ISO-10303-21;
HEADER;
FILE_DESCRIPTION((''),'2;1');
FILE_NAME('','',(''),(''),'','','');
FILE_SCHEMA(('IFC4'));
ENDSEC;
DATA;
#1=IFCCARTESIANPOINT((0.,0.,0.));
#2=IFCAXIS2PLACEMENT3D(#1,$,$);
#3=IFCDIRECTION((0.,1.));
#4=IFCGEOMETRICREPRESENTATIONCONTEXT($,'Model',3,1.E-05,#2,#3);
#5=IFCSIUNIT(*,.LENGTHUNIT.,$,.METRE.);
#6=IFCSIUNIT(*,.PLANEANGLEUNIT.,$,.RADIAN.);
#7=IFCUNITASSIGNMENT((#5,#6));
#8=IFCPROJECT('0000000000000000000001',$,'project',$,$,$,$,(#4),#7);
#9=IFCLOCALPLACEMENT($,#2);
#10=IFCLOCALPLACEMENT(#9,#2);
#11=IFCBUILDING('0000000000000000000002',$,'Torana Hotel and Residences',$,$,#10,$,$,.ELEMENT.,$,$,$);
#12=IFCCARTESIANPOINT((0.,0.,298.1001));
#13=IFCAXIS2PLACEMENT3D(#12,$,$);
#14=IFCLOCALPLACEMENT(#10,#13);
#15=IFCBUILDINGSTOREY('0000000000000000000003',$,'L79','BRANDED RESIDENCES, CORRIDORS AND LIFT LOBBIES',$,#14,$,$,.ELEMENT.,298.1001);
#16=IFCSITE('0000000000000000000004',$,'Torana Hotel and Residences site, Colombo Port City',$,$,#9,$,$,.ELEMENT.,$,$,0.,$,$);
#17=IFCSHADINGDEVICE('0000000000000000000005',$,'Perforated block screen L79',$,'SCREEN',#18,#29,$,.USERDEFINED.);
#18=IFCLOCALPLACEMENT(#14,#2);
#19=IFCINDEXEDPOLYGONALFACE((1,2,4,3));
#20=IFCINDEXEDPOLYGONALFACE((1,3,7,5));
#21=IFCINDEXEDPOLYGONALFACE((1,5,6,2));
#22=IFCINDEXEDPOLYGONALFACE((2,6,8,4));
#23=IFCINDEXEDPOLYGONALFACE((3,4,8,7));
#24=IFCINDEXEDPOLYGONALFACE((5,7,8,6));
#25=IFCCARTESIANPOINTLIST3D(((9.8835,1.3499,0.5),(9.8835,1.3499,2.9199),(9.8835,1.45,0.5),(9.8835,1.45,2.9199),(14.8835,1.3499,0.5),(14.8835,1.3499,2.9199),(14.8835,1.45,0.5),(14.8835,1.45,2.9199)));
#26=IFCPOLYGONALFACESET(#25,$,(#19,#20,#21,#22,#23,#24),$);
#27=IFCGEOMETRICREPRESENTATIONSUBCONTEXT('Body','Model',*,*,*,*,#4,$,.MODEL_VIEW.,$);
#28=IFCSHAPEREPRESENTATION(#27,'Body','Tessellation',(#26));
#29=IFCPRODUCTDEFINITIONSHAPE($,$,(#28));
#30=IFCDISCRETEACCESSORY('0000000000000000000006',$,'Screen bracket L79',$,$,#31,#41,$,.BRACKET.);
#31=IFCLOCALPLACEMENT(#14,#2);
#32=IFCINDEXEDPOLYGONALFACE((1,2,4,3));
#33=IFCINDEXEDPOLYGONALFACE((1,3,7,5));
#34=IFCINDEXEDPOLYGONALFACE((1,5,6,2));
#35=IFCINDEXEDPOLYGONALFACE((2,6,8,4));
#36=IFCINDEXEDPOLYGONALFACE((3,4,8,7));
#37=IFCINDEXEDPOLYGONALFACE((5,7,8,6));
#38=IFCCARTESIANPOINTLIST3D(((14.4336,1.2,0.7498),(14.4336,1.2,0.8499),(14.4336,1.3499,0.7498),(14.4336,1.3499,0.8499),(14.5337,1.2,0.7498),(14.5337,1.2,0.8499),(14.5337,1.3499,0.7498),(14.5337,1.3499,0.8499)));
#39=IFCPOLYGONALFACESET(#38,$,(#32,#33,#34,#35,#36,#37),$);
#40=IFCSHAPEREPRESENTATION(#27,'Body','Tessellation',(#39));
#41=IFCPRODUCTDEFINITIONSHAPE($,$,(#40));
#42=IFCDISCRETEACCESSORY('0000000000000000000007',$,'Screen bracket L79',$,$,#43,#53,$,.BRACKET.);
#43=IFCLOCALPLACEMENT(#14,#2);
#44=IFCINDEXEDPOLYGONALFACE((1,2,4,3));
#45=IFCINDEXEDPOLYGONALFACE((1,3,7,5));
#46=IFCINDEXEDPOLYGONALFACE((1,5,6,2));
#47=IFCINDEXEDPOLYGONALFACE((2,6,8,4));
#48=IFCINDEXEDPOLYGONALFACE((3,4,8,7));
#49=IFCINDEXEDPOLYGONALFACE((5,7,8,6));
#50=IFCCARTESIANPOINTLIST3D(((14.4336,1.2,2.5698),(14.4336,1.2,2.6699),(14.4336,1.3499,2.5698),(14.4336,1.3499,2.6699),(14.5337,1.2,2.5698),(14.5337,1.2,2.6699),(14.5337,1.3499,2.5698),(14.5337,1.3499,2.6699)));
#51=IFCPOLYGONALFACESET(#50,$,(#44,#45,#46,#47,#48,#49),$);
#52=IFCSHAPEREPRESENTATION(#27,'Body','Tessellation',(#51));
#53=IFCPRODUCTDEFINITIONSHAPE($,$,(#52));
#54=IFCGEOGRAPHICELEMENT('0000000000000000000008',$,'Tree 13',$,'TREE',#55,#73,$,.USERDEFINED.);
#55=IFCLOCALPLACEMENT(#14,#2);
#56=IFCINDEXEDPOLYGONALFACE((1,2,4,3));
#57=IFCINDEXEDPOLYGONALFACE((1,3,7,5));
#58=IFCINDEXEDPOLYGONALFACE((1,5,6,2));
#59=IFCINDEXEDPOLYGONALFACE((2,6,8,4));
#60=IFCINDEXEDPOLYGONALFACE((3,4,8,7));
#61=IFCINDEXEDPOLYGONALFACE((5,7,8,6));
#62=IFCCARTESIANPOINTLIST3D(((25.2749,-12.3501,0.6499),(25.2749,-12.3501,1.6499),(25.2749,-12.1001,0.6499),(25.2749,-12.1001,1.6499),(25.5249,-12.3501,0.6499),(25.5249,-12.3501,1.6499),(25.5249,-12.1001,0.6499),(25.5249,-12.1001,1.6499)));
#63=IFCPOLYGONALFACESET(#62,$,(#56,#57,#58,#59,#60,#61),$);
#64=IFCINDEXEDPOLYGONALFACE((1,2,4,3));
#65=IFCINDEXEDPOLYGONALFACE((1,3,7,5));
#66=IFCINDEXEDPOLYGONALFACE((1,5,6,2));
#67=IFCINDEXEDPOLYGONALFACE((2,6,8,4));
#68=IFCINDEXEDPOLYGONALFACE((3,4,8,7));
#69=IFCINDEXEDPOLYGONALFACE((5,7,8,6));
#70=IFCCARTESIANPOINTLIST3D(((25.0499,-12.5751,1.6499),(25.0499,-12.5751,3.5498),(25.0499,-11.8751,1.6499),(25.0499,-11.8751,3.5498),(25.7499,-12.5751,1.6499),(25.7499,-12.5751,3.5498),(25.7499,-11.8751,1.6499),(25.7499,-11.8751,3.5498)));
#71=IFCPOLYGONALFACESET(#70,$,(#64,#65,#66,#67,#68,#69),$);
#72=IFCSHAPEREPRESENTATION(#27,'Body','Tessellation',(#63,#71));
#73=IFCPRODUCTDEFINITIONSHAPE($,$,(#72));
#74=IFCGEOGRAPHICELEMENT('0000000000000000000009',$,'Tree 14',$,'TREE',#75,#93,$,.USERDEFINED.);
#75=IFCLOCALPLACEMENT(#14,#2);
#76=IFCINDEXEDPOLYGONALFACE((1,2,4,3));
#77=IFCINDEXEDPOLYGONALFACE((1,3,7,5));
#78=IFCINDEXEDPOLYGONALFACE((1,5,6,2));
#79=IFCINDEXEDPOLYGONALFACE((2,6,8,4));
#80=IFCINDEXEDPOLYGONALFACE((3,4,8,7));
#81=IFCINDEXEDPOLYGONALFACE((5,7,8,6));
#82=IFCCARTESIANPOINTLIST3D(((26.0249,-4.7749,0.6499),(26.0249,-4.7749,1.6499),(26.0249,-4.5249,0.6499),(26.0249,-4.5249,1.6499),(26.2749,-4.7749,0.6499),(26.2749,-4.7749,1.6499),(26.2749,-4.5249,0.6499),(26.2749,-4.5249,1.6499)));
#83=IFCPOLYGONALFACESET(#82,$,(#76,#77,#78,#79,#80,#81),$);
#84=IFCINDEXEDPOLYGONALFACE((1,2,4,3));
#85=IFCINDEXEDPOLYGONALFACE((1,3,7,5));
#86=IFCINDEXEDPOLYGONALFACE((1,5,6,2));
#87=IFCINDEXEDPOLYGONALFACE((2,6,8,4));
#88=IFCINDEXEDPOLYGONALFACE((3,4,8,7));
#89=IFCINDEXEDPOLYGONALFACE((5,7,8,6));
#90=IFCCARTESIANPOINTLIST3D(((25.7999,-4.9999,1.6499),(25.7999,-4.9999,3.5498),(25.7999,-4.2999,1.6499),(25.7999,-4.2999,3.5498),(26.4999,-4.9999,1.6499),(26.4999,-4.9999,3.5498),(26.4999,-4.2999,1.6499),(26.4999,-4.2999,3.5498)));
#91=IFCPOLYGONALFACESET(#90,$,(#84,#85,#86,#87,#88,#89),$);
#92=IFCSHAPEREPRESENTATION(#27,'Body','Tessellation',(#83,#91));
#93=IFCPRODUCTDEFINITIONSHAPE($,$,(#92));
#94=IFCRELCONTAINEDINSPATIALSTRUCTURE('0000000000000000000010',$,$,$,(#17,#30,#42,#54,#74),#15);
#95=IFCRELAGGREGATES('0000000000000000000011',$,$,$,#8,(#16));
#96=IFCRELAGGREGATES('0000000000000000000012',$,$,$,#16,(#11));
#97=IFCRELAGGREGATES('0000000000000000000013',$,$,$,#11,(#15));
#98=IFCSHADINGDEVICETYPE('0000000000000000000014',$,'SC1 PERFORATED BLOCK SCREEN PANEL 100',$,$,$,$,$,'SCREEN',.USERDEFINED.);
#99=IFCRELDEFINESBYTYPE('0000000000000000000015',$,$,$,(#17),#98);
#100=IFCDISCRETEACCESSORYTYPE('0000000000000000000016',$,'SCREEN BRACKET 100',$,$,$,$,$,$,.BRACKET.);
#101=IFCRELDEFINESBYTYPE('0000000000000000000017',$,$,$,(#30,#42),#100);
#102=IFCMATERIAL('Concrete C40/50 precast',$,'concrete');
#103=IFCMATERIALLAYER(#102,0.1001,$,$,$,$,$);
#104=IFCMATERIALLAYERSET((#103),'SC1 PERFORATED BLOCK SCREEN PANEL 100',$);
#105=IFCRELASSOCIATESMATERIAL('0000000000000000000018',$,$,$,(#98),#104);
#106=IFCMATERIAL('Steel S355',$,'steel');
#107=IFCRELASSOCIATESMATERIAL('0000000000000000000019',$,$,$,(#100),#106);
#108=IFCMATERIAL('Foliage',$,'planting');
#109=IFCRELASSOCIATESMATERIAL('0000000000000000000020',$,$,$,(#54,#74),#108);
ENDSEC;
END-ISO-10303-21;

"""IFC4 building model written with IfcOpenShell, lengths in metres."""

from ifc_helpers import new_model, si_unit, direction, frame, origin, origin_2d, place, context, subcontext, project, spatial, rectangle, extrude, material, layer, layer_set, type_object, element, save


model = new_model("IFC4")

# Units and contexts
model_context = context("Model", 3, precision=1e-05, world=origin(), true_north=direction((0.0, 1.0)))
body_context = subcontext(model_context, "Body", "Model", "MODEL_VIEW")
ifc_project = project(units=[si_unit("LENGTHUNIT", "METRE"), si_unit("PLANEANGLEUNIT", "RADIAN")], contexts=[model_context])

# Site, building, storey
site_placement = place(None, origin())
site = spatial("IfcSite", under=ifc_project, at=site_placement, Name="Torana Hotel and Residences site, Colombo Port City", CompositionType="ELEMENT", RefElevation=0.0)
building_placement = place(site_placement, origin())
building = spatial("IfcBuilding", under=site, at=building_placement, Name="Torana Hotel and Residences", CompositionType="ELEMENT")
storey_placement = place(building_placement, frame((0.0, 0.0, 298.1001)))
storey = spatial("IfcBuildingStorey", under=building, at=storey_placement, Name="L79", Description="BRANDED RESIDENCES, CORRIDORS AND LIFT LOBBIES", CompositionType="ELEMENT", Elevation=298.1001)

# Shading device
ifc_material_1 = material(Name="Concrete C40/50 precast", Category="concrete")
ifc_layer_1 = layer(ifc_material_1, 0.1001)
ifc_layer_set_1 = layer_set([ifc_layer_1], Name="SC1 PERFORATED BLOCK SCREEN PANEL 100")
shading_device_type_1 = type_object("IfcShadingDeviceType", Name="SC1 PERFORATED BLOCK SCREEN PANEL 100", ElementType="SCREEN", PredefinedType="USERDEFINED", material=ifc_layer_set_1)
shading_device_1_placement = place(storey_placement, frame((12.3835, 1.3999, 0.5), z_axis=(0.0, 0.0, 1.0), x_axis=(-1.0, 0.0, 0.0)))
element("IfcShadingDevice", 1, at=shading_device_1_placement, inside=storey, type_object=shading_device_type_1, Name="Perforated block screen L79", ObjectType="SCREEN", PredefinedType="USERDEFINED", context=body_context, shape_type="SweptSolid", body=[
    extrude(rectangle(XDim=5.0, YDim=0.1001, at=origin_2d()), origin(), (0.0, 0.0, 1.0), 2.4199),
])

# Discrete accessories
ifc_material_2 = material(Name="Steel S355", Category="steel")
discrete_accessory_type = type_object("IfcDiscreteAccessoryType", Name="SCREEN BRACKET 100", PredefinedType="BRACKET", material=ifc_material_2)
for number, where, z_axis, x_axis, name in (
    (2, (14.4836, 1.2749, 0.7498), (0.0, 0.0, 1.0), (-1.0, 0.0, 0.0), "Screen bracket L79"),
    (3, (14.4836, 1.2749, 2.5698), (0.0, 0.0, 1.0), (-1.0, 0.0, 0.0), "Screen bracket L79"),
):
    element("IfcDiscreteAccessory", number, at=place(storey_placement, frame(where, z_axis=z_axis, x_axis=x_axis)), inside=storey, type_object=discrete_accessory_type, Name=name, PredefinedType="BRACKET", context=body_context, shape_type="SweptSolid", body=[
        extrude(rectangle(XDim=0.1001, YDim=0.1499, at=origin_2d()), origin(), (0.0, 0.0, 1.0), 0.1001),
    ])

# Geographic elements
ifc_material_3 = material(Name="Foliage", Category="planting")
for number, where, z_axis, x_axis, name in (
    (4, (25.3999, -12.2251, 0.6499), (0.0, 0.0, 1.0), (1.0, 0.0, 0.0), "Tree 13"),
    (5, (26.1499, -4.6499, 0.6499), (0.0, 0.0, 1.0), (1.0, 0.0, 0.0), "Tree 14"),
):
    element("IfcGeographicElement", number, at=place(storey_placement, frame(where, z_axis=z_axis, x_axis=x_axis)), inside=storey, material=ifc_material_3, Name=name, ObjectType="TREE", PredefinedType="USERDEFINED", context=body_context, shape_type="SweptSolid", body=[
        extrude(rectangle(XDim=0.25, YDim=0.25, at=origin_2d()), origin(), (0.0, 0.0, 1.0), 1.0),
        extrude(rectangle(XDim=0.7, YDim=0.7, at=origin_2d()), frame((0.0, 0.0, 1.0)), (0.0, 0.0, 1.0), 1.8999),
    ])

save(model, "model.ifc")
